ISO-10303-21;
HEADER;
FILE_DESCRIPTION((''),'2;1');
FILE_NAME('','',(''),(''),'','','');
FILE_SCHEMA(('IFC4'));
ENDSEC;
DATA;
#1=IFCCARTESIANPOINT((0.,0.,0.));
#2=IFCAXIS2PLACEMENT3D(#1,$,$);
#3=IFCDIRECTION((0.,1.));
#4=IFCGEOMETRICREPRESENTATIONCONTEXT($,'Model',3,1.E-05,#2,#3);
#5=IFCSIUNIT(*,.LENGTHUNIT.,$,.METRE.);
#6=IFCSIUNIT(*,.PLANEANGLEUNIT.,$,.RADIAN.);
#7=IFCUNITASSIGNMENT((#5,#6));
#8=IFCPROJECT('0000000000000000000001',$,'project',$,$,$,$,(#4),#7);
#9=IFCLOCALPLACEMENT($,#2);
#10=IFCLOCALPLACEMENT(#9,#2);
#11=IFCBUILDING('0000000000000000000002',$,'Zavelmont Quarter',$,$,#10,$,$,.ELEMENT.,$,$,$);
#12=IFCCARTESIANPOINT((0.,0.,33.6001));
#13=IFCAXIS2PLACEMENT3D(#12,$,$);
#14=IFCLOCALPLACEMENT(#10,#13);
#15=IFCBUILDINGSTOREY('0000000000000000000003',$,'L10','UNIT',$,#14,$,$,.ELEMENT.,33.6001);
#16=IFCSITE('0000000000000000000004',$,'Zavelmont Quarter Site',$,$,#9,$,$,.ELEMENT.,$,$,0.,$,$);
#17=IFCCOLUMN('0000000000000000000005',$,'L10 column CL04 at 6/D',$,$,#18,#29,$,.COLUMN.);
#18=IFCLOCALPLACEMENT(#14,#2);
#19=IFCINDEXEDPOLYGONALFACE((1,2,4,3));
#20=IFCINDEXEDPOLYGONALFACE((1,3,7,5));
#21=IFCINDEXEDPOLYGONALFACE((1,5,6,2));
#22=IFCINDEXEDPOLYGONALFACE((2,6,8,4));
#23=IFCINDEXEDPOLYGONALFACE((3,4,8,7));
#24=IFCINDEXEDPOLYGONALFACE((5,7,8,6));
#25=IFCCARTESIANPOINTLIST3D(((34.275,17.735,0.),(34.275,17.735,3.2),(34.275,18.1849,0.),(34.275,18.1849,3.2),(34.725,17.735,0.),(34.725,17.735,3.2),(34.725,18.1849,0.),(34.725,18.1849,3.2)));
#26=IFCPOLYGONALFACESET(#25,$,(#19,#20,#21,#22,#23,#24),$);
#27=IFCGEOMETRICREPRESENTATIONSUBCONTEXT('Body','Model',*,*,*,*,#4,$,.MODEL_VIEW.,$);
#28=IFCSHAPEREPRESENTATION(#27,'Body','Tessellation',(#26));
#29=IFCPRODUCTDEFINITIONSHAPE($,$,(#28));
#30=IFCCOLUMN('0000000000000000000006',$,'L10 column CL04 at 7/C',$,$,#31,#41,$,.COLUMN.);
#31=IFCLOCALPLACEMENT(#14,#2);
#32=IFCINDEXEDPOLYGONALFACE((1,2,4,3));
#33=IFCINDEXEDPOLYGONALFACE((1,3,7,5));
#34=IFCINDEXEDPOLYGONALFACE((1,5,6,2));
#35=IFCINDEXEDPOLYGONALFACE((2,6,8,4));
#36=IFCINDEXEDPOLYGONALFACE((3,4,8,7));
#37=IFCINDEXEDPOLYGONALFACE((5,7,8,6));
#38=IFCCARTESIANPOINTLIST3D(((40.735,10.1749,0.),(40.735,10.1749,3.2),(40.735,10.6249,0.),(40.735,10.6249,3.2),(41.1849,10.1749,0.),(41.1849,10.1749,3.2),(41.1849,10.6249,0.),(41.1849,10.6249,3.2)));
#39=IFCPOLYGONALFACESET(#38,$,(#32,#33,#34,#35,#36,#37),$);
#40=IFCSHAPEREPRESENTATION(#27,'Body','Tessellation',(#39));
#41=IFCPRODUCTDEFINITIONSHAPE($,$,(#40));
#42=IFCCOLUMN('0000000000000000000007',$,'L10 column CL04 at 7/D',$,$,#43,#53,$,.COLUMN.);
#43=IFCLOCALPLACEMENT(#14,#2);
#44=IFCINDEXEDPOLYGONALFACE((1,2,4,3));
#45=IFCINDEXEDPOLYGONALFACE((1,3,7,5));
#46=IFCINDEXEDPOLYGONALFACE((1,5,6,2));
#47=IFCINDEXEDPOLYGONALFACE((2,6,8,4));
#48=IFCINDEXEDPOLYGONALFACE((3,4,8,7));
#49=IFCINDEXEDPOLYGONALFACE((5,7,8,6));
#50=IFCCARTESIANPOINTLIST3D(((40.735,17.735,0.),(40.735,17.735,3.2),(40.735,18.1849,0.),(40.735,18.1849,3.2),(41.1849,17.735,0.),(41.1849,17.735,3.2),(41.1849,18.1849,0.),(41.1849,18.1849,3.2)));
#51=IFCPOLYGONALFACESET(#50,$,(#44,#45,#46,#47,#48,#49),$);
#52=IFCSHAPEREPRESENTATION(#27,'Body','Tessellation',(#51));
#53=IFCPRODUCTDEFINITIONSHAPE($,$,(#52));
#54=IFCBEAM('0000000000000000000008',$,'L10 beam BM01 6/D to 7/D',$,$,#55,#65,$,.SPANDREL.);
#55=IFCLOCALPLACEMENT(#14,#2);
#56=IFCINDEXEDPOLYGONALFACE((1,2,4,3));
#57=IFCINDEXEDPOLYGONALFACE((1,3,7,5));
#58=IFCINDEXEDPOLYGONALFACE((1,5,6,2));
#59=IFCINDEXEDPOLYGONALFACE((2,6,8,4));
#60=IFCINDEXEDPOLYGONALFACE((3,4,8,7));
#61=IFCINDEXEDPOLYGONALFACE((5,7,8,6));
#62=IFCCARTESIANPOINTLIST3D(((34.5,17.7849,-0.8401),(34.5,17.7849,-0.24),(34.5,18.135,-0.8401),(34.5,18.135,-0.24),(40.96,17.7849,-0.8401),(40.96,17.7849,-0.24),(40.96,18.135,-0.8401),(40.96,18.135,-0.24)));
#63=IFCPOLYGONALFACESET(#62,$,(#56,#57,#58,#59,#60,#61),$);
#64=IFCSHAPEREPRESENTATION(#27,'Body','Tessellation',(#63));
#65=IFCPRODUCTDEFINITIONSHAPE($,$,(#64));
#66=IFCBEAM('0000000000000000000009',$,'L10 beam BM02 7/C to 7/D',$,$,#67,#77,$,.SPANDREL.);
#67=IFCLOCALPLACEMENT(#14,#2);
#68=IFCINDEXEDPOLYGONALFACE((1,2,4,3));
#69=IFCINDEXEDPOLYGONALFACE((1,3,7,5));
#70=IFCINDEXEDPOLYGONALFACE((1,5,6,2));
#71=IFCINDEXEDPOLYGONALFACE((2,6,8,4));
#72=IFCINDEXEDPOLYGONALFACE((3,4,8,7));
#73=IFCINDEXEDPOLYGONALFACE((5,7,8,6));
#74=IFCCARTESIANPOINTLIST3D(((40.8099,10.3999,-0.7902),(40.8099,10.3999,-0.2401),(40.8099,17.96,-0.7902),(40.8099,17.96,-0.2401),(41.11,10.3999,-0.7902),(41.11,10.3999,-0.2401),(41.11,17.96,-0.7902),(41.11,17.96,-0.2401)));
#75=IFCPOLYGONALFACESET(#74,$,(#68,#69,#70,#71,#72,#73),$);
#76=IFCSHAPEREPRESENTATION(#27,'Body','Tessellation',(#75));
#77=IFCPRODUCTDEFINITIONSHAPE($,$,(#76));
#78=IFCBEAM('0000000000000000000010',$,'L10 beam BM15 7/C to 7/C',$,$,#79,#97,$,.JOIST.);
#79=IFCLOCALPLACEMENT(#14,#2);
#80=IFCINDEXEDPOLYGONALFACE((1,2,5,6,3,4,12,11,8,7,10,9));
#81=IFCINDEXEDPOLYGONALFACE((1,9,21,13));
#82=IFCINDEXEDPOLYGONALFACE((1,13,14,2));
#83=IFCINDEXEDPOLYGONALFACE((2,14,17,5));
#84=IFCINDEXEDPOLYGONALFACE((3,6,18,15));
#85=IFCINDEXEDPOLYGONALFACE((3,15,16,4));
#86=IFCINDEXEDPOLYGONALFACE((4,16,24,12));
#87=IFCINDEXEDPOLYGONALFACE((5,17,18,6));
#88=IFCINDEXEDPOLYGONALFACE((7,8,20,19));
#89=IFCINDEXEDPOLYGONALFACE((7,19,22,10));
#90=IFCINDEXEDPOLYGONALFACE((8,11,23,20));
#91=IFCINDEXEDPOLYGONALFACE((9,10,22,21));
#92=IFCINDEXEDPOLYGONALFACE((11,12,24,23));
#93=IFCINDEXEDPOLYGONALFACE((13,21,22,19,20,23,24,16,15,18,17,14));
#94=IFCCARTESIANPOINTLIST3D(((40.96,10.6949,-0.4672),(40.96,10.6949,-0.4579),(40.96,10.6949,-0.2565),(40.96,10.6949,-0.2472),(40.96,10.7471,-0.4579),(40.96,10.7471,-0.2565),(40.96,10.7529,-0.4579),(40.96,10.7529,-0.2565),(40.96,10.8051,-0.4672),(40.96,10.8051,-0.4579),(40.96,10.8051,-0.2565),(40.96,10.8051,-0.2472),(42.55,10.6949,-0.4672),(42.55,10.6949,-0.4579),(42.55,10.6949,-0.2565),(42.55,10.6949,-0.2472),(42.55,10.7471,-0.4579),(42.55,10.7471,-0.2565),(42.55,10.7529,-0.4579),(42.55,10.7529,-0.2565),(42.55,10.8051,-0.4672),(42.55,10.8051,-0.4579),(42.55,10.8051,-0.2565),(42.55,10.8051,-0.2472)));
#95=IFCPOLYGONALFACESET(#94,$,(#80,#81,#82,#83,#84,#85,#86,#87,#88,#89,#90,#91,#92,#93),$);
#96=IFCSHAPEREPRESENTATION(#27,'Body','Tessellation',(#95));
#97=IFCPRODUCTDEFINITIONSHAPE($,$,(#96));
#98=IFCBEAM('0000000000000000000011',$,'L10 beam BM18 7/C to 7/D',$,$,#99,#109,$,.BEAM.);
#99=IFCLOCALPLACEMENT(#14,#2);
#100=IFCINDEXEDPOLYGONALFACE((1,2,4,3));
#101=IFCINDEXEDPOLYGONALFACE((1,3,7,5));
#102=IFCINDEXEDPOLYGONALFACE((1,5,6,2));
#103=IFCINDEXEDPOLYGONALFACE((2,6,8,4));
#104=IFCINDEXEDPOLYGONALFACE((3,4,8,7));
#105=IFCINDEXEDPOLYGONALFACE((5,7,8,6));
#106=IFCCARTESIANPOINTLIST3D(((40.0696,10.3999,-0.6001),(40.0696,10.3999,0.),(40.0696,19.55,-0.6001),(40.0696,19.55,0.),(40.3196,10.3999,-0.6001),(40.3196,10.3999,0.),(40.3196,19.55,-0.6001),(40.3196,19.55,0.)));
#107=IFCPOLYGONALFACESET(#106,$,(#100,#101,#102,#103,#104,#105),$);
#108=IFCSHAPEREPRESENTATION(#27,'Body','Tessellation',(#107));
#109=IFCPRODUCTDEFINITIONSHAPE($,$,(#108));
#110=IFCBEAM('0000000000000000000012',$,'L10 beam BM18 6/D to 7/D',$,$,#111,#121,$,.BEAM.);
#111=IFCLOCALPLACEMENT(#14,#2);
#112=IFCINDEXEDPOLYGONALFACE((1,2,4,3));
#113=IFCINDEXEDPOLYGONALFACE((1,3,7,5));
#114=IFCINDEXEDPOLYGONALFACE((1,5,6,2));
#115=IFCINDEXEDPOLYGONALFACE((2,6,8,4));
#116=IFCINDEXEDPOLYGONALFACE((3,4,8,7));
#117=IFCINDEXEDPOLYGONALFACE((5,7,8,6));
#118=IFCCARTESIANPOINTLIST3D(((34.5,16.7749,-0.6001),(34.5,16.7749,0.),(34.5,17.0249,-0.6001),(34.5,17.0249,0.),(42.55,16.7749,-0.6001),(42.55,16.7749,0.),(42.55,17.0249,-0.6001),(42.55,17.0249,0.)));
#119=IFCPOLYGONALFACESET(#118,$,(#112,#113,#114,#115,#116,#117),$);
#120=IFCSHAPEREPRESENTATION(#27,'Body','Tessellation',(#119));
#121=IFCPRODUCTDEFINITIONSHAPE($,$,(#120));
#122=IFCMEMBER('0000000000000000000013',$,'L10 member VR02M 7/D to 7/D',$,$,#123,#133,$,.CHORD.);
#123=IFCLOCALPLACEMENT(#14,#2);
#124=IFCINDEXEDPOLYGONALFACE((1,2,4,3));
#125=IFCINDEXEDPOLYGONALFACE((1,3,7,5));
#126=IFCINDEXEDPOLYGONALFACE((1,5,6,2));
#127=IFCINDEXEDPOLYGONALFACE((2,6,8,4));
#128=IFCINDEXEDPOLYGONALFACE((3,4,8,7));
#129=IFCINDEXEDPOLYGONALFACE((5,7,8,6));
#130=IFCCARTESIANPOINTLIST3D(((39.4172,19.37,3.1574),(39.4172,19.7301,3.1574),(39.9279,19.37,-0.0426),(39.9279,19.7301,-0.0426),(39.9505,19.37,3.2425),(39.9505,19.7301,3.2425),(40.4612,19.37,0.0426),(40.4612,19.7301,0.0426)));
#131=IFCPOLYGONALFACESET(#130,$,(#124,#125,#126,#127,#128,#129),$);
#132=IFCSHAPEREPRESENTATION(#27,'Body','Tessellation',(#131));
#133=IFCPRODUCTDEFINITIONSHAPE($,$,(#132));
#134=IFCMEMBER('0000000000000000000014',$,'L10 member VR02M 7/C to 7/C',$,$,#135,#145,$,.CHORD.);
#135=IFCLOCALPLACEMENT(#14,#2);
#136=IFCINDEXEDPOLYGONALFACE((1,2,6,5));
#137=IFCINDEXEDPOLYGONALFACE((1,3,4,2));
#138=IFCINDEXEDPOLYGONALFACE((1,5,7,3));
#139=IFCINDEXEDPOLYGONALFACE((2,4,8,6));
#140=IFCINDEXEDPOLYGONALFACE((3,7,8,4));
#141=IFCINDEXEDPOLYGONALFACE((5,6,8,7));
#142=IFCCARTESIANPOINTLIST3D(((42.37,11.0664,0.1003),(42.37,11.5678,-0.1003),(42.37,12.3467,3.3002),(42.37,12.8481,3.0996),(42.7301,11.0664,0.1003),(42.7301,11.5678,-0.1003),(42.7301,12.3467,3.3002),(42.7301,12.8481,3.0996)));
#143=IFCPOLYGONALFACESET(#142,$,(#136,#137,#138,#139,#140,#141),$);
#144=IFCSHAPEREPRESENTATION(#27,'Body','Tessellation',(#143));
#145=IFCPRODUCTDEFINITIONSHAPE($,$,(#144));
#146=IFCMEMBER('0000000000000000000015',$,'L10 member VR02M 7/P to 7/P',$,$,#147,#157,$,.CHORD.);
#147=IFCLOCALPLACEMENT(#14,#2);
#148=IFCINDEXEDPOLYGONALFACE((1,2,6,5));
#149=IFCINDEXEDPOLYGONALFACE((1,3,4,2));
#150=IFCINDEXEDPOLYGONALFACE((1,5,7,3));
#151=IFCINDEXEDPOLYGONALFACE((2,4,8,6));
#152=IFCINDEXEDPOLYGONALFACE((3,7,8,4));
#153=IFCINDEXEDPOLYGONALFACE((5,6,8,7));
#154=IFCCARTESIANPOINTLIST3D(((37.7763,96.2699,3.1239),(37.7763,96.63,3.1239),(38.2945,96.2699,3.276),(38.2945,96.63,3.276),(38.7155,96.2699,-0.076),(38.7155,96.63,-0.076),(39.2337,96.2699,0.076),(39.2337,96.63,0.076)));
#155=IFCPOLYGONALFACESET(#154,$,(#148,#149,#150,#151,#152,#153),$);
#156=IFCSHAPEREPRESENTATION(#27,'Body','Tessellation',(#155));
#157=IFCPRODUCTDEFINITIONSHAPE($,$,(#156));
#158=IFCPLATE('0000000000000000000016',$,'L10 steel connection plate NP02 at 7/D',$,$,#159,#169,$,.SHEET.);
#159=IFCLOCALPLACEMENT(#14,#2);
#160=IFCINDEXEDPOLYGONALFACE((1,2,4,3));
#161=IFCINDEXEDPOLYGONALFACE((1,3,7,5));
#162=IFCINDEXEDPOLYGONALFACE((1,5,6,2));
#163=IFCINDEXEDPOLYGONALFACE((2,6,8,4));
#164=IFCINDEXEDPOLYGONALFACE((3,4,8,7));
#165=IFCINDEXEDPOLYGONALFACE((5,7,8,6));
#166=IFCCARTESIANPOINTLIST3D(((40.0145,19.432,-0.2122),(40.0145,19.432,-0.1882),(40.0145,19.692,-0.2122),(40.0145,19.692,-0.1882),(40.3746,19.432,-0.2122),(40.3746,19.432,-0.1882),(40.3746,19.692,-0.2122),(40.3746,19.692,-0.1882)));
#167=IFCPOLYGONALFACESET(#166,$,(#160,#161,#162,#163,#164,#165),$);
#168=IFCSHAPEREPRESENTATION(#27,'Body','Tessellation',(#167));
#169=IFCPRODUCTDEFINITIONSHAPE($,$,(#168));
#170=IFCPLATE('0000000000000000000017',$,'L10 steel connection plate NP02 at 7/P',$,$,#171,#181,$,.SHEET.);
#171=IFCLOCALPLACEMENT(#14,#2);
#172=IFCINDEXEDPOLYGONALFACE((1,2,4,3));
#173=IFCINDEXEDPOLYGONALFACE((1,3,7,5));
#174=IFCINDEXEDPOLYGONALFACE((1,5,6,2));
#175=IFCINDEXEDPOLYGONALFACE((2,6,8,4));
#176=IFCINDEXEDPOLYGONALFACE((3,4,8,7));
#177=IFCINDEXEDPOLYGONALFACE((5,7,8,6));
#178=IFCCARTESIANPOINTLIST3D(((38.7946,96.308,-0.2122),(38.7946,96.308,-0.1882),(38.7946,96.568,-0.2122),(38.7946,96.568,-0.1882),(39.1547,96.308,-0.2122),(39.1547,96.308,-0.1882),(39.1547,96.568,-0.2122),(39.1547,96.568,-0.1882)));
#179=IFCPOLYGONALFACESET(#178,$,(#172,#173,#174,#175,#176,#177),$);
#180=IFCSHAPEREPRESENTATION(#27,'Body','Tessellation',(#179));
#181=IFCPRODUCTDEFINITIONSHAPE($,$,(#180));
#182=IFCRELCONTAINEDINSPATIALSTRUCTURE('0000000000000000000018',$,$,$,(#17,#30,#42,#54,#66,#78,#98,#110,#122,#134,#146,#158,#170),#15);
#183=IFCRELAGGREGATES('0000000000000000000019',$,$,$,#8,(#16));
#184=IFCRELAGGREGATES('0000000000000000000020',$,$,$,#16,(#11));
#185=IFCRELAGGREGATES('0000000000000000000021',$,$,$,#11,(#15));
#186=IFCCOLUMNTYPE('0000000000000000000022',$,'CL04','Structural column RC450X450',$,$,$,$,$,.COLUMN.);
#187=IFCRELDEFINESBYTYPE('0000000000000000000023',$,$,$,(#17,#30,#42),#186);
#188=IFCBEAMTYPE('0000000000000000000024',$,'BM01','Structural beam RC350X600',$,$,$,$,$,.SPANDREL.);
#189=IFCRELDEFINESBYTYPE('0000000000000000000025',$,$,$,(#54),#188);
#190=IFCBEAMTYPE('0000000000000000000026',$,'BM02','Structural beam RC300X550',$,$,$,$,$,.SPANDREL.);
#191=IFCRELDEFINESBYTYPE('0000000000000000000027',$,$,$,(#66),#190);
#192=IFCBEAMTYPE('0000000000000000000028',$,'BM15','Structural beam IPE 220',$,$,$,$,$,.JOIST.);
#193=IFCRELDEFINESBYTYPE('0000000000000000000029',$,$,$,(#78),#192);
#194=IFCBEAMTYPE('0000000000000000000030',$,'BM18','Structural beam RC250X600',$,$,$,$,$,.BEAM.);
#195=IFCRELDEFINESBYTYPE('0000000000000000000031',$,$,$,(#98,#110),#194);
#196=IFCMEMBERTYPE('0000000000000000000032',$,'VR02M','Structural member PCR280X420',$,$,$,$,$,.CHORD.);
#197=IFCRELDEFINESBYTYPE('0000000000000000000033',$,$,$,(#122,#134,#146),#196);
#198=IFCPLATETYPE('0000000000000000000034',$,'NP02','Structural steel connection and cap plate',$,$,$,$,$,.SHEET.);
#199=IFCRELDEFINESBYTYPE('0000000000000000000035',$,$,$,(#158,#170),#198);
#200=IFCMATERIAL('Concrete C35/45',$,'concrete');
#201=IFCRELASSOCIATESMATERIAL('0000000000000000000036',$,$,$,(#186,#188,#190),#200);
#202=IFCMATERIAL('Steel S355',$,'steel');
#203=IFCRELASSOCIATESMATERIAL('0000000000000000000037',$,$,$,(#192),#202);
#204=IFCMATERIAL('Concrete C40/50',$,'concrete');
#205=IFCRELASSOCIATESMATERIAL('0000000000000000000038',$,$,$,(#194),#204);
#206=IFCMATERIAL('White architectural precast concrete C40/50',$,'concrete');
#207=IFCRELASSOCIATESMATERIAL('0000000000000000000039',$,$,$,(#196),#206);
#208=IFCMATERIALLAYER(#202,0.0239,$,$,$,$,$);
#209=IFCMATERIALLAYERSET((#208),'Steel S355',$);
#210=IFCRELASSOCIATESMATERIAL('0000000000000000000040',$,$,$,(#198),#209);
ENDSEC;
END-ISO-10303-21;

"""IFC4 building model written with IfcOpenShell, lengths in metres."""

from ifc_helpers import new_model, si_unit, direction, frame, origin, origin_2d, place, context, subcontext, project, spatial, rectangle, i_section, extrude, material, layer, layer_set, material_profile, profile_set, type_object, element, save


model = new_model("IFC4")

# Units and contexts
model_context = context("Model", 3, precision=1e-05, world=origin(), true_north=direction((0.0, 1.0)))
body_context = subcontext(model_context, "Body", "Model", "MODEL_VIEW")
ifc_project = project(units=[si_unit("LENGTHUNIT", "METRE"), si_unit("PLANEANGLEUNIT", "RADIAN")], contexts=[model_context])

# Site, building, storey
site_placement = place(None, origin())
site = spatial("IfcSite", under=ifc_project, at=site_placement, Name="Zavelmont Quarter Site", CompositionType="ELEMENT", RefElevation=0.0)
building_placement = place(site_placement, origin())
building = spatial("IfcBuilding", under=site, at=building_placement, Name="Zavelmont Quarter", CompositionType="ELEMENT")
storey_placement = place(building_placement, frame((0.0, 0.0, 33.6001)))
storey = spatial("IfcBuildingStorey", under=building, at=storey_placement, Name="L10", Description="UNIT", CompositionType="ELEMENT", Elevation=33.6001)

# Columns
ifc_material_1 = material(Name="Concrete C35/45", Category="concrete")
ifc_material_profile_1 = material_profile(ifc_material_1, rectangle(XDim=0.45, YDim=0.45, at=origin_2d()), Name="RC450X450")
ifc_profile_set_1 = profile_set([ifc_material_profile_1], Name="Concrete C35/45")
column_type = type_object("IfcColumnType", Name="CL04", Description="Structural column RC450X450", PredefinedType="COLUMN", material=ifc_profile_set_1)
for number, where, z_axis, x_axis, name in (
    (1, (34.5, 17.96, 0.0), (0.0, 0.0, 1.0), (1.0, 0.0, 0.0), "L10 column CL04 at 6/D"),
    (2, (40.96, 10.3999, 0.0), (0.0, 0.0, 1.0), (1.0, 0.0, 0.0), "L10 column CL04 at 7/C"),
    (3, (40.96, 17.96, 0.0), (0.0, 0.0, 1.0), (1.0, 0.0, 0.0), "L10 column CL04 at 7/D"),
):
    element("IfcColumn", number, at=place(storey_placement, frame(where, z_axis=z_axis, x_axis=x_axis)), inside=storey, type_object=column_type, Name=name, PredefinedType="COLUMN", context=body_context, shape_type="SweptSolid", body=[
        extrude(rectangle(XDim=0.45, YDim=0.45, at=origin_2d()), origin(), (0.0, 0.0, 1.0), 3.2),
    ])

# Beams
ifc_material_profile_2 = material_profile(ifc_material_1, rectangle(XDim=0.3501, YDim=0.6001, at=origin_2d()), Name="RC350X600")
ifc_profile_set_2 = profile_set([ifc_material_profile_2], Name="Concrete C35/45")
beam_type_1 = type_object("IfcBeamType", Name="BM01", Description="Structural beam RC350X600", PredefinedType="SPANDREL", material=ifc_profile_set_2)
beam_1_placement = place(storey_placement, frame((34.5, 17.96, -0.54), z_axis=(1.0, 0.0, 0.0), x_axis=(0.0, 1.0, 0.0)))
element("IfcBeam", 4, at=beam_1_placement, inside=storey, type_object=beam_type_1, Name="L10 beam BM01 6/D to 7/D", PredefinedType="SPANDREL", context=body_context, shape_type="SweptSolid", body=[
    extrude(rectangle(XDim=0.3501, YDim=0.6001, at=origin_2d()), origin(), (0.0, 0.0, 1.0), 6.46),
])
ifc_material_profile_3 = material_profile(ifc_material_1, rectangle(XDim=0.3, YDim=0.55, at=origin_2d()), Name="RC300X550")
ifc_profile_set_3 = profile_set([ifc_material_profile_3], Name="Concrete C35/45")
beam_type_2 = type_object("IfcBeamType", Name="BM02", Description="Structural beam RC300X550", PredefinedType="SPANDREL", material=ifc_profile_set_3)
beam_2_placement = place(storey_placement, frame((40.96, 10.3999, -0.5151), z_axis=(0.0, 1.0, 0.0), x_axis=(-1.0, 0.0, 0.0)))
element("IfcBeam", 5, at=beam_2_placement, inside=storey, type_object=beam_type_2, Name="L10 beam BM02 7/C to 7/D", PredefinedType="SPANDREL", context=body_context, shape_type="SweptSolid", body=[
    extrude(rectangle(XDim=0.3, YDim=0.55, at=origin_2d()), origin(), (0.0, 0.0, 1.0), 7.5601),
])
ifc_material_2 = material(Name="Steel S355", Category="steel")
ifc_material_profile_4 = material_profile(ifc_material_2, i_section(OverallWidth=0.1101, OverallDepth=0.22, WebThickness=0.0059, FlangeThickness=0.0093, at=origin_2d()), Name="IPE 220")
ifc_profile_set_4 = profile_set([ifc_material_profile_4], Name="Steel S355")
beam_type_3 = type_object("IfcBeamType", Name="BM15", Description="Structural beam IPE 220", PredefinedType="JOIST", material=ifc_profile_set_4)
beam_3_placement = place(storey_placement, frame((40.96, 10.75, -0.3572), z_axis=(1.0, 0.0, 0.0), x_axis=(0.0, 1.0, 0.0)))
element("IfcBeam", 6, at=beam_3_placement, inside=storey, type_object=beam_type_3, Name="L10 beam BM15 7/C to 7/C", PredefinedType="JOIST", context=body_context, shape_type="SweptSolid", body=[
    extrude(i_section(OverallWidth=0.1101, OverallDepth=0.22, WebThickness=0.0059, FlangeThickness=0.0093, at=origin_2d()), origin(), (0.0, 0.0, 1.0), 1.5901),
])
ifc_material_3 = material(Name="Concrete C40/50", Category="concrete")
ifc_material_profile_5 = material_profile(ifc_material_3, rectangle(XDim=0.25, YDim=0.6001, at=origin_2d()), Name="RC250X600")
ifc_profile_set_5 = profile_set([ifc_material_profile_5], Name="Concrete C40/50")
beam_type_4 = type_object("IfcBeamType", Name="BM18", Description="Structural beam RC250X600", PredefinedType="BEAM", material=ifc_profile_set_5)
beam_4_placement = place(storey_placement, frame((40.1946, 10.3999, -0.3), z_axis=(0.0, 1.0, 0.0), x_axis=(-1.0, 0.0, 0.0)))
element("IfcBeam", 7, at=beam_4_placement, inside=storey, type_object=beam_type_4, Name="L10 beam BM18 7/C to 7/D", PredefinedType="BEAM", context=body_context, shape_type="SweptSolid", body=[
    extrude(rectangle(XDim=0.25, YDim=0.6001, at=origin_2d()), origin(), (0.0, 0.0, 1.0), 9.1501),
])
beam_5_placement = place(storey_placement, frame((34.5, 16.8999, -0.3), z_axis=(1.0, 0.0, 0.0), x_axis=(0.0, 1.0, 0.0)))
element("IfcBeam", 8, at=beam_5_placement, inside=storey, type_object=beam_type_4, Name="L10 beam BM18 6/D to 7/D", PredefinedType="BEAM", context=body_context, shape_type="SweptSolid", body=[
    extrude(rectangle(XDim=0.25, YDim=0.6001, at=origin_2d()), origin(), (0.0, 0.0, 1.0), 8.05),
])

# Members
ifc_material_4 = material(Name="White architectural precast concrete C40/50", Category="concrete")
ifc_material_profile_6 = material_profile(ifc_material_4, rectangle(XDim=0.3601, YDim=0.54, at=origin_2d()), Name="PCR280X420")
ifc_profile_set_6 = profile_set([ifc_material_profile_6], Name="White architectural precast concrete C40/50")
member_type = type_object("IfcMemberType", Name="VR02M", Description="Structural member PCR280X420", PredefinedType="CHORD", material=ifc_profile_set_6)
member_1_placement = place(storey_placement, frame((40.1946, 19.55, 0.0), z_axis=(-0.157614, 0.0, 0.987501), x_axis=(0.0, -1.0, 0.0)))
element("IfcMember", 9, at=member_1_placement, inside=storey, type_object=member_type, Name="L10 member VR02M 7/D to 7/D", PredefinedType="CHORD", context=body_context, shape_type="SweptSolid", body=[
    extrude(rectangle(XDim=0.3601, YDim=0.54, at=origin_2d()), origin(), (0.0, 0.0, 1.0), 3.2405),
])
member_2_placement = place(storey_placement, frame((42.55, 11.3171, 0.0), z_axis=(0.0, 0.371464, 0.928447), x_axis=(-1.0, 0.0, 0.0)))
element("IfcMember", 10, at=member_2_placement, inside=storey, type_object=member_type, Name="L10 member VR02M 7/C to 7/C", PredefinedType="CHORD", context=body_context, shape_type="SweptSolid", body=[
    extrude(rectangle(XDim=0.3601, YDim=0.54, at=origin_2d()), origin(), (0.0, 0.0, 1.0), 3.4465),
])
member_3_placement = place(storey_placement, frame((38.9746, 96.45, 0.0), z_axis=(-0.281627, 0.0, 0.959524), x_axis=(0.0, -1.0, 0.0)))
element("IfcMember", 11, at=member_3_placement, inside=storey, type_object=member_type, Name="L10 member VR02M 7/P to 7/P", PredefinedType="CHORD", context=body_context, shape_type="SweptSolid", body=[
    extrude(rectangle(XDim=0.3601, YDim=0.54, at=origin_2d()), origin(), (0.0, 0.0, 1.0), 3.335),
])

# Plates
ifc_layer_1 = layer(ifc_material_2, 0.0239)
ifc_layer_set_1 = layer_set([ifc_layer_1], Name="Steel S355")
plate_type = type_object("IfcPlateType", Name="NP02", Description="Structural steel connection and cap plate", PredefinedType="SHEET", material=ifc_layer_set_1)
for number, where, z_axis, x_axis, name in (
    (12, (40.1946, 19.562, -0.2122), (0.0, 0.0, 1.0), (1.0, 0.0, 0.0), "L10 steel connection plate NP02 at 7/D"),
    (13, (38.9746, 96.438, -0.2122), (0.0, 0.0, 1.0), (1.0, 0.0, 0.0), "L10 steel connection plate NP02 at 7/P"),
):
    element("IfcPlate", number, at=place(storey_placement, frame(where, z_axis=z_axis, x_axis=x_axis)), inside=storey, type_object=plate_type, Name=name, PredefinedType="SHEET", context=body_context, shape_type="SweptSolid", body=[
        extrude(rectangle(XDim=0.3601, YDim=0.26, at=origin_2d()), origin(), (0.0, 0.0, 1.0), 0.0239),
    ])

save(model, "model.ifc")
